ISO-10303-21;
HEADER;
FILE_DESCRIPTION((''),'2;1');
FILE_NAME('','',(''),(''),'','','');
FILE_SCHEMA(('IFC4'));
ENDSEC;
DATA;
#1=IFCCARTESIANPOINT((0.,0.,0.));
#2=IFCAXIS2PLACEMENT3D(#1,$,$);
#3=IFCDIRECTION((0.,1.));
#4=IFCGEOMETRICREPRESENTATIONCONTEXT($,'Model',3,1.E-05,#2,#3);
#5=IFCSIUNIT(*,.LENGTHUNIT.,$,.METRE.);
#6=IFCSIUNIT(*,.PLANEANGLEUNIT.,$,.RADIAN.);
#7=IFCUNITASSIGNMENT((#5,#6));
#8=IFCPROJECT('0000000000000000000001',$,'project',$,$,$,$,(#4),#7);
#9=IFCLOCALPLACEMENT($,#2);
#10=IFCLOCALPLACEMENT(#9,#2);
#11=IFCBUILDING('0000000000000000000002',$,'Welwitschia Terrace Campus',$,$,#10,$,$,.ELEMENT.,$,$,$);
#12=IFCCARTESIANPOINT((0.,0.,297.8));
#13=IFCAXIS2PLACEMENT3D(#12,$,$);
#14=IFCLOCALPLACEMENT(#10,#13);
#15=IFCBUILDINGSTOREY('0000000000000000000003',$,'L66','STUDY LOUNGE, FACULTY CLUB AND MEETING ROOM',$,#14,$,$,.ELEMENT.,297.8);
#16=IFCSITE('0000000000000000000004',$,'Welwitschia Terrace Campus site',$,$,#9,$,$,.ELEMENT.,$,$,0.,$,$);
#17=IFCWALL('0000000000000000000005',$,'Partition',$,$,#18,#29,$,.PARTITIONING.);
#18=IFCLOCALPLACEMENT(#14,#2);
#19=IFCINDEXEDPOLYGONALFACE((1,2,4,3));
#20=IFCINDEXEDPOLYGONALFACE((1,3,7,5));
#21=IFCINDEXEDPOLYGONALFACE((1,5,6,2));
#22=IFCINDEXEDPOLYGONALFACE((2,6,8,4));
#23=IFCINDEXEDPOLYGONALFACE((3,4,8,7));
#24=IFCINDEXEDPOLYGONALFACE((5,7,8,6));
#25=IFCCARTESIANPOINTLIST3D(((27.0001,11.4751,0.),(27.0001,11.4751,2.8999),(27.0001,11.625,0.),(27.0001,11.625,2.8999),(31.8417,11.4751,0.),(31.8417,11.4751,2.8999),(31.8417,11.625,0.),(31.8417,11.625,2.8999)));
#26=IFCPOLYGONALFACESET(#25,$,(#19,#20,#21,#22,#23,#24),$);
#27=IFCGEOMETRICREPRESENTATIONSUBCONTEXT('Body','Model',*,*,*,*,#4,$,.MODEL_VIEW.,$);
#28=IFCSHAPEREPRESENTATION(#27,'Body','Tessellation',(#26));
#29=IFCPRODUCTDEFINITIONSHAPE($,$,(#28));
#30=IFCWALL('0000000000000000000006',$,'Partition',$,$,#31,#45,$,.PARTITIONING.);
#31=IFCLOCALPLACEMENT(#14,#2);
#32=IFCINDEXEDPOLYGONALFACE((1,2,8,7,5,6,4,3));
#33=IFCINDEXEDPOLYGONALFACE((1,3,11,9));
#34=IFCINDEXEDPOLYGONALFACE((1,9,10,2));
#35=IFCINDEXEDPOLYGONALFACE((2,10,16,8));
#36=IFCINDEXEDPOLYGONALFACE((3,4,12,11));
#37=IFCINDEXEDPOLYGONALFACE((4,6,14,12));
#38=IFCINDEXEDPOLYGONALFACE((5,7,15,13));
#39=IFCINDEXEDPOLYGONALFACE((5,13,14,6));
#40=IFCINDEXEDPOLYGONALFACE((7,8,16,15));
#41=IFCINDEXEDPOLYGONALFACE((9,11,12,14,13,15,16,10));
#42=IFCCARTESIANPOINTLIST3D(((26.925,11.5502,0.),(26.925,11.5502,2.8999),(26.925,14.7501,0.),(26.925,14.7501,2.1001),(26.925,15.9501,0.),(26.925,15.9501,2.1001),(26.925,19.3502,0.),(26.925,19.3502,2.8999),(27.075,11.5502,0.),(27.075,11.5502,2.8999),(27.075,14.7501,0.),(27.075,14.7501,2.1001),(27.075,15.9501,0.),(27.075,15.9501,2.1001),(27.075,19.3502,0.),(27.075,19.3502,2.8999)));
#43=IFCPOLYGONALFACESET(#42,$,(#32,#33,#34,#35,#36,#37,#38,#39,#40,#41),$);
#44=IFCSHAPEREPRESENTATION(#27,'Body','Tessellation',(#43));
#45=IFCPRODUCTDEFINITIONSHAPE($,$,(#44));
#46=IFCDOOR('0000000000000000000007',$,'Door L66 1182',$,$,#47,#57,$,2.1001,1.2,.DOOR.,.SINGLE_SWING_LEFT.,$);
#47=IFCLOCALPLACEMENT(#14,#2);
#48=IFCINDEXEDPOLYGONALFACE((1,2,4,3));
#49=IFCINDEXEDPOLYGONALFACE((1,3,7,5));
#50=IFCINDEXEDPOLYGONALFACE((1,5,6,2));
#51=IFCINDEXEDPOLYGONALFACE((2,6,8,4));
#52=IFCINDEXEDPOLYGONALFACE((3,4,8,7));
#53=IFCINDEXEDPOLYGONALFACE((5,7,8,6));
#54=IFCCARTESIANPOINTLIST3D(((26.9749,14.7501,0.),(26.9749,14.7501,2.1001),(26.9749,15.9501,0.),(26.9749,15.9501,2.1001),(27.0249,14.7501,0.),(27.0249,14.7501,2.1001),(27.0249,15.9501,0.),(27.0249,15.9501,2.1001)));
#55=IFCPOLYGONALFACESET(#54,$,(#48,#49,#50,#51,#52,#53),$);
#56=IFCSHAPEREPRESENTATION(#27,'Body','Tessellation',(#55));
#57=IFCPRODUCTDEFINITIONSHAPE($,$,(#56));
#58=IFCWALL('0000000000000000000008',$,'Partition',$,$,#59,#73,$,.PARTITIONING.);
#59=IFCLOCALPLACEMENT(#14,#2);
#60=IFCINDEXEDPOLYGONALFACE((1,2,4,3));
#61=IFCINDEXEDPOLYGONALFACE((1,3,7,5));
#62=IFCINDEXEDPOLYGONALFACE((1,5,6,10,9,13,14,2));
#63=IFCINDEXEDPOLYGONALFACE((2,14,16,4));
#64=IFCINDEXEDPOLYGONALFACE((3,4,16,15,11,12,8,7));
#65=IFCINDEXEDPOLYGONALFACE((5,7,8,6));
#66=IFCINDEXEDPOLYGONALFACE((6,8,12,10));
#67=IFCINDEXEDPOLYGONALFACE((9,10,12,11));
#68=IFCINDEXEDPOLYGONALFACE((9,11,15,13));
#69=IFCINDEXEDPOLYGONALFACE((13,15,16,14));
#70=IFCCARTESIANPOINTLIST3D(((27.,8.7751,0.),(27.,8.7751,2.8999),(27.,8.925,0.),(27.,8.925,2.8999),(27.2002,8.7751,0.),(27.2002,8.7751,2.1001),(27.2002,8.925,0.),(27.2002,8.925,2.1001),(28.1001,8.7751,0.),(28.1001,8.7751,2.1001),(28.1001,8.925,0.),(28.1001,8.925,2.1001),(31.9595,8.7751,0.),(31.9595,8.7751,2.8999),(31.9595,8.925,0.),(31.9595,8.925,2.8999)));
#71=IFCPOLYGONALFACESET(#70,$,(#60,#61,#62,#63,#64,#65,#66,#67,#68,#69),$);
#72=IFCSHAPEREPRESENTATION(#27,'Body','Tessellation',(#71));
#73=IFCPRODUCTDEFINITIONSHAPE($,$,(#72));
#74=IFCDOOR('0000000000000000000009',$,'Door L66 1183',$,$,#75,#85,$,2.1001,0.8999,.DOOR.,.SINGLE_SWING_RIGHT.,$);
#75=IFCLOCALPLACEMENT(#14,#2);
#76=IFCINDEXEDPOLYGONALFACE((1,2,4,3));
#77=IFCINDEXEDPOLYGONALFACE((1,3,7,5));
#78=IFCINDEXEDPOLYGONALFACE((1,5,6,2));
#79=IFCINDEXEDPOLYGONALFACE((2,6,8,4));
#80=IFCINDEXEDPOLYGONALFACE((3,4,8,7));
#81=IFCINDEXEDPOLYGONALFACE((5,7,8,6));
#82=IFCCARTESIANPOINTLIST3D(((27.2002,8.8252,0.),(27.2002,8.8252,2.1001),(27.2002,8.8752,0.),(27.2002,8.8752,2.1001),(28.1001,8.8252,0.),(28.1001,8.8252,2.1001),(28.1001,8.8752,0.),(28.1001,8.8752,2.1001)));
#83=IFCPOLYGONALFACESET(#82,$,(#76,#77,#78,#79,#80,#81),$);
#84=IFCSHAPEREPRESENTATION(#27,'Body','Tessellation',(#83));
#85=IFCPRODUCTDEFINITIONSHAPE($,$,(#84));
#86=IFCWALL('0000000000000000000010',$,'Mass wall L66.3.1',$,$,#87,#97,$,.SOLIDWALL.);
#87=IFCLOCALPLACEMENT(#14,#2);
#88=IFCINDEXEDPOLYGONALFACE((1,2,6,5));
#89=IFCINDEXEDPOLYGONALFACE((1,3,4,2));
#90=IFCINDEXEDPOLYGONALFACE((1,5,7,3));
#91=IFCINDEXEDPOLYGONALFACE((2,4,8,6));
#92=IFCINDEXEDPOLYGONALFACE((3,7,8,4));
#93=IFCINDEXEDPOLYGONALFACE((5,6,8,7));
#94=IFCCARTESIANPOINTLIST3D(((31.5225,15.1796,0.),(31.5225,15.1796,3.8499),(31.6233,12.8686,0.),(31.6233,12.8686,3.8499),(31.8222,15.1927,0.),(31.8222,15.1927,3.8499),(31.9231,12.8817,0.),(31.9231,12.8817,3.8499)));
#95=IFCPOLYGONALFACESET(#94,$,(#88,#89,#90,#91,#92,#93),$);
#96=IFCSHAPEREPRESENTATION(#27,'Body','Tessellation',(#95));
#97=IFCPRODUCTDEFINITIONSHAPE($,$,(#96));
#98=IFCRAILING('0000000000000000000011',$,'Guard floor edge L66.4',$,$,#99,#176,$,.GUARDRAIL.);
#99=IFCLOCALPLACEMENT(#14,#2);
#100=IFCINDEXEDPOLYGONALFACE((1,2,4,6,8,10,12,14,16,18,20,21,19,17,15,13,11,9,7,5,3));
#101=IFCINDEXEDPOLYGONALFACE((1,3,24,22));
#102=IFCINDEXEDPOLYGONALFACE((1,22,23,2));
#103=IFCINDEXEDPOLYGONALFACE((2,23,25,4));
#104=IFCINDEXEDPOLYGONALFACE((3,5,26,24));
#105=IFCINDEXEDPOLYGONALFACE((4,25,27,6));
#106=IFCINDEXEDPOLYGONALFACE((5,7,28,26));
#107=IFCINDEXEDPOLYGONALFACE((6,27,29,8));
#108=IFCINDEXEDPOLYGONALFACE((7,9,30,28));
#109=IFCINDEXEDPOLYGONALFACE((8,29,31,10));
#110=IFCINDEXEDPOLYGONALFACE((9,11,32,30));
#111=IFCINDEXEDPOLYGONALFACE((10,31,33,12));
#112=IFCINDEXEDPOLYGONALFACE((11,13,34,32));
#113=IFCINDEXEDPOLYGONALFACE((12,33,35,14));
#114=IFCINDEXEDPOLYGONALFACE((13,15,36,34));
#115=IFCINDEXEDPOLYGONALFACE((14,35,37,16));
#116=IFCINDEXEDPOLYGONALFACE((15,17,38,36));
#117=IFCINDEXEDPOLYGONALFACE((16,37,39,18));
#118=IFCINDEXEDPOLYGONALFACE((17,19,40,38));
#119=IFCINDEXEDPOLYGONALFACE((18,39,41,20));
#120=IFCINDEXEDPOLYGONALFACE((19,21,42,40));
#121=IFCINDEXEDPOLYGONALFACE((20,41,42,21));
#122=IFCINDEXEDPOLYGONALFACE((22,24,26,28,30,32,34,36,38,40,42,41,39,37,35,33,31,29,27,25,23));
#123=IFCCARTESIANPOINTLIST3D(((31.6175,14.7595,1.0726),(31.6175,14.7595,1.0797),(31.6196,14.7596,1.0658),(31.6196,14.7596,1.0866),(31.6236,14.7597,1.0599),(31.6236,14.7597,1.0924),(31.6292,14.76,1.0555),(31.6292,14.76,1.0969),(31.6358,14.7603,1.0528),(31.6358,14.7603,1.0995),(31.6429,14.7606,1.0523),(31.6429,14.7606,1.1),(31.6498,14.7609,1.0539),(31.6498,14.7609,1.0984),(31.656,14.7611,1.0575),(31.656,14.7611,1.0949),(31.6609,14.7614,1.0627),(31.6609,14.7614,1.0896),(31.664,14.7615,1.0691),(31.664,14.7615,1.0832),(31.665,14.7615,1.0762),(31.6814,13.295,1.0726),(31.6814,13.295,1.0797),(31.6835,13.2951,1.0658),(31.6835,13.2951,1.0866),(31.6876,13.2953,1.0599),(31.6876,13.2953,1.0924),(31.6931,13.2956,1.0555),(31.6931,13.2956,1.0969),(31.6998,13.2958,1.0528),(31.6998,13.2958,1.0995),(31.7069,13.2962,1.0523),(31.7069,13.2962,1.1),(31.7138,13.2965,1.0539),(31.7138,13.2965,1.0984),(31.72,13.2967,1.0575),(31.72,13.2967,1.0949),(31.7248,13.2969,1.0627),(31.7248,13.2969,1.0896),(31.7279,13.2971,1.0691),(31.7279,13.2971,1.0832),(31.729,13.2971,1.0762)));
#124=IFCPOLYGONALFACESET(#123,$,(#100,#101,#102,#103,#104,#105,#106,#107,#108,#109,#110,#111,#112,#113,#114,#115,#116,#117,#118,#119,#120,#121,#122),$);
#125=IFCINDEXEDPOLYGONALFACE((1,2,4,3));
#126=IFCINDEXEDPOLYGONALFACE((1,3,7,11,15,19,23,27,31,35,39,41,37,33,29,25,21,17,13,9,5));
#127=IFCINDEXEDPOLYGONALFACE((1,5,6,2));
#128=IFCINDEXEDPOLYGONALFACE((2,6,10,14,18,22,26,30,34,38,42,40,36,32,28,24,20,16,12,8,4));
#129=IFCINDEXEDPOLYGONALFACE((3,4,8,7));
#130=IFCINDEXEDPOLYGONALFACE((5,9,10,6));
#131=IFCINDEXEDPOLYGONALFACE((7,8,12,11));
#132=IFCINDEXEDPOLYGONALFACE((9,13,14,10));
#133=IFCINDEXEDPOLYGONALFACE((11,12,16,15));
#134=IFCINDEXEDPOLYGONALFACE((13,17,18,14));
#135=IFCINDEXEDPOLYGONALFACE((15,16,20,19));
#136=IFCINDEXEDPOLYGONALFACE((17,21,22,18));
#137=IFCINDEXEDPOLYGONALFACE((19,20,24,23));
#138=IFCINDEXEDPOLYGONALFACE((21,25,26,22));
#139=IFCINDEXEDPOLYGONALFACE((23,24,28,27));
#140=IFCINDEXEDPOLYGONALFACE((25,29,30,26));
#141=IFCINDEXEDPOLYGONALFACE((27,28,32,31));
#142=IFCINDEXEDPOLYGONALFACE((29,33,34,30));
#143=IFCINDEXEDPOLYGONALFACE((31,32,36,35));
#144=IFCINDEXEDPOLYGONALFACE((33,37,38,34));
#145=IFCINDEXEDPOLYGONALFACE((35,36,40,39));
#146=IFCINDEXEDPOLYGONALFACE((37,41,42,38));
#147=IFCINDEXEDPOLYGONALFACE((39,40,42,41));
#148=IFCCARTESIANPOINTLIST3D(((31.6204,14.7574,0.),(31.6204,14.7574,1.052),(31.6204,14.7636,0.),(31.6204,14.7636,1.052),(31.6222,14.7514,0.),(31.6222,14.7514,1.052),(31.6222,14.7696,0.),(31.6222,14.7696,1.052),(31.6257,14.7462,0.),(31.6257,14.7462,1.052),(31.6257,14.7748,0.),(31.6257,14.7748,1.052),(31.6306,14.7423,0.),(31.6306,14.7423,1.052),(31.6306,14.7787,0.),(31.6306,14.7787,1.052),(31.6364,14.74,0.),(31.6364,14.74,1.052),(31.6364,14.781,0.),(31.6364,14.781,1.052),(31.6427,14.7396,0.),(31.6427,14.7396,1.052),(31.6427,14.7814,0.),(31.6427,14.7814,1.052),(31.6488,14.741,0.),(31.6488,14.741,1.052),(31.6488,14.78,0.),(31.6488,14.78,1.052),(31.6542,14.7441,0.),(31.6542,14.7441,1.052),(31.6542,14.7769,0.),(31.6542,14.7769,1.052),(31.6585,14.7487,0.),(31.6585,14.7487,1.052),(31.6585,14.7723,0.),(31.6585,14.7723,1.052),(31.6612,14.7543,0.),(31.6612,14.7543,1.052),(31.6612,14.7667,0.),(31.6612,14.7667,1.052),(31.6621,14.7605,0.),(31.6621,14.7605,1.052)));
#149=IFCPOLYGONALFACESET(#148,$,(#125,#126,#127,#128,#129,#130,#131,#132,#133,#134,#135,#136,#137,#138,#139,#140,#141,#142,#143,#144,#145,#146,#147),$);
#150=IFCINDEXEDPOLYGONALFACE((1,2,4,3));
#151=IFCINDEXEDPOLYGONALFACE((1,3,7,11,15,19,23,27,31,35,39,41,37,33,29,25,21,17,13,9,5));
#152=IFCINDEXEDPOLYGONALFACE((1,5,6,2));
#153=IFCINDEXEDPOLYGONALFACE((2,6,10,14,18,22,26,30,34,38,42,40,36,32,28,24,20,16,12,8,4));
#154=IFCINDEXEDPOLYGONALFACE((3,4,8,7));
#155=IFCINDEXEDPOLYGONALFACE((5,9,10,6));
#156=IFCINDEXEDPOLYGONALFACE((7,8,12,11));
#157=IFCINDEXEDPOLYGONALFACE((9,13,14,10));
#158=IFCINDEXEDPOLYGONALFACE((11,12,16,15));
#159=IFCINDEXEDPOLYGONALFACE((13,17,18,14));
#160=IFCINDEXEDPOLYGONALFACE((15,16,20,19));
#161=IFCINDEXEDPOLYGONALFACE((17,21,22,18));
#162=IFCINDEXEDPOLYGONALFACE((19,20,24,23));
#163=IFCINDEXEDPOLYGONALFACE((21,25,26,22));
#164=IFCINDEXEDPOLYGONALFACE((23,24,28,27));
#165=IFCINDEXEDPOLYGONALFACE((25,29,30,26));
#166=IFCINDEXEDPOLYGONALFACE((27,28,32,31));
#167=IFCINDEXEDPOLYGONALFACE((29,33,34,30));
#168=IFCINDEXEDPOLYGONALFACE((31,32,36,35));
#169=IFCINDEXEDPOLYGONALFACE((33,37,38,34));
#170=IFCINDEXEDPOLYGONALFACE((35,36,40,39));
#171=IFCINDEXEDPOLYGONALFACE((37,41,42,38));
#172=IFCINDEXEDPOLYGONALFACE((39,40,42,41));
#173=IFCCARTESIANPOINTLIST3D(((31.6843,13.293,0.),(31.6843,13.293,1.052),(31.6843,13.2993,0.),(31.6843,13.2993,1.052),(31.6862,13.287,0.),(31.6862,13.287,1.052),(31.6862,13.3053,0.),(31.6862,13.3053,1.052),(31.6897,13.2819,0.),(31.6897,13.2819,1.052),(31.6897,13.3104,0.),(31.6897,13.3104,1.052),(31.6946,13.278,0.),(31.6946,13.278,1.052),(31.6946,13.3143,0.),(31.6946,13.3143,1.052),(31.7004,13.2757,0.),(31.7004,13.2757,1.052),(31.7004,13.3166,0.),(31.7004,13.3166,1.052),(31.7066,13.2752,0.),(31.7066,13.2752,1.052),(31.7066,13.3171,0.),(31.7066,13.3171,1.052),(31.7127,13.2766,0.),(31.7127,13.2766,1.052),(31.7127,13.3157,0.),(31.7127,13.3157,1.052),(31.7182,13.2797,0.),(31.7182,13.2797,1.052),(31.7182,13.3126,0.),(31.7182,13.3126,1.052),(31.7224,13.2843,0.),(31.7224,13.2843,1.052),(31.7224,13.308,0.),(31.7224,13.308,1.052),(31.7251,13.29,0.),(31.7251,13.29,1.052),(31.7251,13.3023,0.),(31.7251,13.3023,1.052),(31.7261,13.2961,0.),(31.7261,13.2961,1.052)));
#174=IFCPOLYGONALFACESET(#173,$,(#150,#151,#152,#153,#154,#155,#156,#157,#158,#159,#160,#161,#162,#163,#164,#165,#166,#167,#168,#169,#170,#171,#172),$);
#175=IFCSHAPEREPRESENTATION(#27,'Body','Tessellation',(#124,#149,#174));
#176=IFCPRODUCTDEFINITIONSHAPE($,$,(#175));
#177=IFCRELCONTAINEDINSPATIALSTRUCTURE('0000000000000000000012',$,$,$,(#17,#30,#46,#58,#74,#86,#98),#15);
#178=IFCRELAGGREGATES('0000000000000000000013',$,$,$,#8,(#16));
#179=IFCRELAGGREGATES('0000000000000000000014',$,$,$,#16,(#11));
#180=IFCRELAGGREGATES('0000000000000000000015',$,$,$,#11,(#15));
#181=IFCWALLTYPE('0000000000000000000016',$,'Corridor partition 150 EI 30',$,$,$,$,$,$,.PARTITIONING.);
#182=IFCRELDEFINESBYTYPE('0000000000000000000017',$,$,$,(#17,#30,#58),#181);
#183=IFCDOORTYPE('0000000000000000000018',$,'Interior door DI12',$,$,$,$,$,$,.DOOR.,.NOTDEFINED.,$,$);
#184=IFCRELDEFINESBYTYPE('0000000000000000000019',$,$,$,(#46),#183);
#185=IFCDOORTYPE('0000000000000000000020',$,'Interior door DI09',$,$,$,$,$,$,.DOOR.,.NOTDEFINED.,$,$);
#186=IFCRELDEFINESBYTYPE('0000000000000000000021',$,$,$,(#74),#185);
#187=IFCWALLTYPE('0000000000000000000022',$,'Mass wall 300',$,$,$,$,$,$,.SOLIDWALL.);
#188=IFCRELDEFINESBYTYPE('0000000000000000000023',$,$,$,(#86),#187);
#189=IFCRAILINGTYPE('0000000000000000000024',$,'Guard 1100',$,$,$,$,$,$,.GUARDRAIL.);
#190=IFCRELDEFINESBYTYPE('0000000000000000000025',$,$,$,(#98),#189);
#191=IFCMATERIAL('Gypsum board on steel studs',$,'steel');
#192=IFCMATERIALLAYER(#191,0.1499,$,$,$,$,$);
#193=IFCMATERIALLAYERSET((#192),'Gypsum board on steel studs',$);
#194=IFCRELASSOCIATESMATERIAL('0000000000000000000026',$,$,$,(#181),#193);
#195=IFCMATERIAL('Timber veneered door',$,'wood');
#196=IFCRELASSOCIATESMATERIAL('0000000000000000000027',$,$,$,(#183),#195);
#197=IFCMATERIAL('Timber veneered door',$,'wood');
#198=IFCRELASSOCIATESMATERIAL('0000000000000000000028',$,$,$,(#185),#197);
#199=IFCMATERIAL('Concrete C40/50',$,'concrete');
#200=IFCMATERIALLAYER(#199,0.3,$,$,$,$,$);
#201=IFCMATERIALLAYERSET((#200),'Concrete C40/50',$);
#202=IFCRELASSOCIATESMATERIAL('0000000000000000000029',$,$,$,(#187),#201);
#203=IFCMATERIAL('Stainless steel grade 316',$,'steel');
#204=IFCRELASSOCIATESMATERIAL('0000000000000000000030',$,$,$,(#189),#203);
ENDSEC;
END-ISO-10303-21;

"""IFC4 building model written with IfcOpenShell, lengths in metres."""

from ifc_helpers import new_model, si_unit, direction, frame, frame_2d, origin, origin_2d, place, context, subcontext, project, spatial, rectangle, circle, extrude, material, layer, layer_set, type_object, element, fill, save


model = new_model("IFC4")

# Units and contexts
model_context = context("Model", 3, precision=1e-05, world=origin(), true_north=direction((0.0, 1.0)))
body_context = subcontext(model_context, "Body", "Model", "MODEL_VIEW")
ifc_project = project(units=[si_unit("LENGTHUNIT", "METRE"), si_unit("PLANEANGLEUNIT", "RADIAN")], contexts=[model_context])

# Site, building, storey
site_placement = place(None, origin())
site = spatial("IfcSite", under=ifc_project, at=site_placement, Name="Welwitschia Terrace Campus site", CompositionType="ELEMENT", RefElevation=0.0)
building_placement = place(site_placement, origin())
building = spatial("IfcBuilding", under=site, at=building_placement, Name="Welwitschia Terrace Campus", CompositionType="ELEMENT")
storey_placement = place(building_placement, frame((0.0, 0.0, 297.8)))
storey = spatial("IfcBuildingStorey", under=building, at=storey_placement, Name="L66", Description="STUDY LOUNGE, FACULTY CLUB AND MEETING ROOM", CompositionType="ELEMENT", Elevation=297.8)

# Wall
ifc_material_1 = material(Name="Gypsum board on steel studs", Category="steel")
ifc_layer_1 = layer(ifc_material_1, 0.1499)
ifc_layer_set_1 = layer_set([ifc_layer_1], Name="Gypsum board on steel studs")
wall_type_1 = type_object("IfcWallType", Name="Corridor partition 150 EI 30", PredefinedType="PARTITIONING", material=ifc_layer_set_1)
wall_1_placement = place(storey_placement, frame((27.0, 11.55, 0.0), z_axis=(0.0, 0.0, 1.0), x_axis=(1.0, 0.0, 0.0)))
element("IfcWall", 1, at=wall_1_placement, inside=storey, type_object=wall_type_1, Name="Partition", PredefinedType="PARTITIONING", context=body_context, shape_type="SweptSolid", body=[
    extrude(rectangle(XDim=4.8416, YDim=0.1499, at=frame_2d((2.4209, 0.0))), origin(), (0.0, 0.0, 1.0), 2.8999),
])

# Walls, openings, doors
wall_2_placement = place(storey_placement, frame((27.0, 19.3501, 0.0), z_axis=(0.0, 0.0, 1.0), x_axis=(0.0, -1.0, 0.0)))
wall_2 = element("IfcWall", 2, at=wall_2_placement, inside=storey, type_object=wall_type_1, Name="Partition", PredefinedType="PARTITIONING", context=body_context, shape_type="SweptSolid", body=[
    extrude(rectangle(XDim=7.8, YDim=0.1499, at=frame_2d((3.8999, 0.0))), origin(), (0.0, 0.0, 1.0), 2.8999),
])
opening_1_placement = place(wall_2_placement, frame((3.3999, 0.0, 0.0)))
opening_1 = element("IfcOpeningElement", 3, at=opening_1_placement, cuts=wall_2, PredefinedType="OPENING", context=body_context, shape_type="SweptSolid", body=[
    extrude(rectangle(XDim=1.2, YDim=2.1001, at=frame_2d((0.6001, 1.05))), frame((0.0, 0.085, 0.0), z_axis=(0.0, -1.0, 0.0), x_axis=(1.0, 0.0, 0.0)), (0.0, 0.0, 1.0), 0.1699),
])
ifc_material_2 = material(Name="Timber veneered door", Category="wood")
door_type_1 = type_object("IfcDoorType", Name="Interior door DI12", OperationType="NOTDEFINED", PredefinedType="DOOR", material=ifc_material_2)
door_1_placement = place(opening_1_placement, origin())
door_1 = element("IfcDoor", 4, at=door_1_placement, inside=storey, type_object=door_type_1, Name="Door L66 1182", OperationType="SINGLE_SWING_LEFT", OverallHeight=2.1001, OverallWidth=1.2, PredefinedType="DOOR", context=body_context, shape_type="SweptSolid", body=[
    extrude(rectangle(XDim=1.2, YDim=2.1001, at=frame_2d((0.6001, 1.05))), frame((0.0, 0.0249, 0.0), z_axis=(0.0, -1.0, 0.0), x_axis=(1.0, 0.0, 0.0)), (0.0, 0.0, 1.0), 0.05),
])
fill(opening_1, door_1)
wall_3_placement = place(storey_placement, frame((31.9595, 8.8501, 0.0), z_axis=(0.0, 0.0, 1.0), x_axis=(-1.0, 0.0, 0.0)))
wall_3 = element("IfcWall", 5, at=wall_3_placement, inside=storey, type_object=wall_type_1, Name="Partition", PredefinedType="PARTITIONING", context=body_context, shape_type="SweptSolid", body=[
    extrude(rectangle(XDim=4.9595, YDim=0.1499, at=frame_2d((2.4797, 0.0))), origin(), (0.0, 0.0, 1.0), 2.8999),
])
opening_2_placement = place(wall_3_placement, frame((3.8594, 0.0, 0.0)))
opening_2 = element("IfcOpeningElement", 6, at=opening_2_placement, cuts=wall_3, PredefinedType="OPENING", context=body_context, shape_type="SweptSolid", body=[
    extrude(rectangle(XDim=0.8999, YDim=2.1001, at=frame_2d((0.45, 1.05))), frame((0.0, 0.085, 0.0), z_axis=(0.0, -1.0, 0.0), x_axis=(1.0, 0.0, 0.0)), (0.0, 0.0, 1.0), 0.1699),
])
ifc_material_3 = material(Name="Timber veneered door", Category="wood")
door_type_2 = type_object("IfcDoorType", Name="Interior door DI09", OperationType="NOTDEFINED", PredefinedType="DOOR", material=ifc_material_3)
door_2_placement = place(opening_2_placement, origin())
door_2 = element("IfcDoor", 7, at=door_2_placement, inside=storey, type_object=door_type_2, Name="Door L66 1183", OperationType="SINGLE_SWING_RIGHT", OverallHeight=2.1001, OverallWidth=0.8999, PredefinedType="DOOR", context=body_context, shape_type="SweptSolid", body=[
    extrude(rectangle(XDim=0.8999, YDim=2.1001, at=frame_2d((0.45, 1.05))), frame((0.0, 0.0249, 0.0), z_axis=(0.0, -1.0, 0.0), x_axis=(1.0, 0.0, 0.0)), (0.0, 0.0, 1.0), 0.05),
])
fill(opening_2, door_2)

# Wall
ifc_material_4 = material(Name="Concrete C40/50", Category="concrete")
ifc_layer_2 = layer(ifc_material_4, 0.3)
ifc_layer_set_2 = layer_set([ifc_layer_2], Name="Concrete C40/50")
wall_type_2 = type_object("IfcWallType", Name="Mass wall 300", PredefinedType="SOLIDWALL", material=ifc_layer_set_2)
wall_4_placement = place(storey_placement, frame((31.7732, 12.875, 0.0), z_axis=(0.0, 0.0, 1.0), x_axis=(-0.043588, 0.99905, 0.0)))
element("IfcWall", 8, at=wall_4_placement, inside=storey, type_object=wall_type_2, Name="Mass wall L66.3.1", PredefinedType="SOLIDWALL", context=body_context, shape_type="SweptSolid", body=[
    extrude(rectangle(XDim=2.3132, YDim=0.3, at=frame_2d((1.1567, 0.0))), origin(), (0.0, 0.0, 1.0), 3.8499),
])

# Railing
ifc_material_5 = material(Name="Stainless steel grade 316", Category="steel")
railing_type = type_object("IfcRailingType", Name="Guard 1100", PredefinedType="GUARDRAIL", material=ifc_material_5)
railing_1_placement = place(storey_placement, frame((31.6411, 14.7605, 0.0)))
element("IfcRailing", 9, at=railing_1_placement, inside=storey, type_object=railing_type, Name="Guard floor edge L66.4", PredefinedType="GUARDRAIL", context=body_context, shape_type="SweptSolid", body=[
    extrude(circle(Radius=0.0239, at=origin_2d()), frame((0.0, 0.0, 1.0762), z_axis=(0.04364, -0.999047, 0.0), x_axis=(0.999047, 0.04364, 0.0)), (0.0, 0.0, 1.0), 1.4658),
    extrude(circle(Radius=0.021, at=origin_2d()), origin(), (0.0, 0.0, 1.0), 1.052),
    extrude(circle(Radius=0.021, at=origin_2d()), frame((0.064, -1.4644, 0.0)), (0.0, 0.0, 1.0), 1.052),
])

save(model, "model.ifc")
